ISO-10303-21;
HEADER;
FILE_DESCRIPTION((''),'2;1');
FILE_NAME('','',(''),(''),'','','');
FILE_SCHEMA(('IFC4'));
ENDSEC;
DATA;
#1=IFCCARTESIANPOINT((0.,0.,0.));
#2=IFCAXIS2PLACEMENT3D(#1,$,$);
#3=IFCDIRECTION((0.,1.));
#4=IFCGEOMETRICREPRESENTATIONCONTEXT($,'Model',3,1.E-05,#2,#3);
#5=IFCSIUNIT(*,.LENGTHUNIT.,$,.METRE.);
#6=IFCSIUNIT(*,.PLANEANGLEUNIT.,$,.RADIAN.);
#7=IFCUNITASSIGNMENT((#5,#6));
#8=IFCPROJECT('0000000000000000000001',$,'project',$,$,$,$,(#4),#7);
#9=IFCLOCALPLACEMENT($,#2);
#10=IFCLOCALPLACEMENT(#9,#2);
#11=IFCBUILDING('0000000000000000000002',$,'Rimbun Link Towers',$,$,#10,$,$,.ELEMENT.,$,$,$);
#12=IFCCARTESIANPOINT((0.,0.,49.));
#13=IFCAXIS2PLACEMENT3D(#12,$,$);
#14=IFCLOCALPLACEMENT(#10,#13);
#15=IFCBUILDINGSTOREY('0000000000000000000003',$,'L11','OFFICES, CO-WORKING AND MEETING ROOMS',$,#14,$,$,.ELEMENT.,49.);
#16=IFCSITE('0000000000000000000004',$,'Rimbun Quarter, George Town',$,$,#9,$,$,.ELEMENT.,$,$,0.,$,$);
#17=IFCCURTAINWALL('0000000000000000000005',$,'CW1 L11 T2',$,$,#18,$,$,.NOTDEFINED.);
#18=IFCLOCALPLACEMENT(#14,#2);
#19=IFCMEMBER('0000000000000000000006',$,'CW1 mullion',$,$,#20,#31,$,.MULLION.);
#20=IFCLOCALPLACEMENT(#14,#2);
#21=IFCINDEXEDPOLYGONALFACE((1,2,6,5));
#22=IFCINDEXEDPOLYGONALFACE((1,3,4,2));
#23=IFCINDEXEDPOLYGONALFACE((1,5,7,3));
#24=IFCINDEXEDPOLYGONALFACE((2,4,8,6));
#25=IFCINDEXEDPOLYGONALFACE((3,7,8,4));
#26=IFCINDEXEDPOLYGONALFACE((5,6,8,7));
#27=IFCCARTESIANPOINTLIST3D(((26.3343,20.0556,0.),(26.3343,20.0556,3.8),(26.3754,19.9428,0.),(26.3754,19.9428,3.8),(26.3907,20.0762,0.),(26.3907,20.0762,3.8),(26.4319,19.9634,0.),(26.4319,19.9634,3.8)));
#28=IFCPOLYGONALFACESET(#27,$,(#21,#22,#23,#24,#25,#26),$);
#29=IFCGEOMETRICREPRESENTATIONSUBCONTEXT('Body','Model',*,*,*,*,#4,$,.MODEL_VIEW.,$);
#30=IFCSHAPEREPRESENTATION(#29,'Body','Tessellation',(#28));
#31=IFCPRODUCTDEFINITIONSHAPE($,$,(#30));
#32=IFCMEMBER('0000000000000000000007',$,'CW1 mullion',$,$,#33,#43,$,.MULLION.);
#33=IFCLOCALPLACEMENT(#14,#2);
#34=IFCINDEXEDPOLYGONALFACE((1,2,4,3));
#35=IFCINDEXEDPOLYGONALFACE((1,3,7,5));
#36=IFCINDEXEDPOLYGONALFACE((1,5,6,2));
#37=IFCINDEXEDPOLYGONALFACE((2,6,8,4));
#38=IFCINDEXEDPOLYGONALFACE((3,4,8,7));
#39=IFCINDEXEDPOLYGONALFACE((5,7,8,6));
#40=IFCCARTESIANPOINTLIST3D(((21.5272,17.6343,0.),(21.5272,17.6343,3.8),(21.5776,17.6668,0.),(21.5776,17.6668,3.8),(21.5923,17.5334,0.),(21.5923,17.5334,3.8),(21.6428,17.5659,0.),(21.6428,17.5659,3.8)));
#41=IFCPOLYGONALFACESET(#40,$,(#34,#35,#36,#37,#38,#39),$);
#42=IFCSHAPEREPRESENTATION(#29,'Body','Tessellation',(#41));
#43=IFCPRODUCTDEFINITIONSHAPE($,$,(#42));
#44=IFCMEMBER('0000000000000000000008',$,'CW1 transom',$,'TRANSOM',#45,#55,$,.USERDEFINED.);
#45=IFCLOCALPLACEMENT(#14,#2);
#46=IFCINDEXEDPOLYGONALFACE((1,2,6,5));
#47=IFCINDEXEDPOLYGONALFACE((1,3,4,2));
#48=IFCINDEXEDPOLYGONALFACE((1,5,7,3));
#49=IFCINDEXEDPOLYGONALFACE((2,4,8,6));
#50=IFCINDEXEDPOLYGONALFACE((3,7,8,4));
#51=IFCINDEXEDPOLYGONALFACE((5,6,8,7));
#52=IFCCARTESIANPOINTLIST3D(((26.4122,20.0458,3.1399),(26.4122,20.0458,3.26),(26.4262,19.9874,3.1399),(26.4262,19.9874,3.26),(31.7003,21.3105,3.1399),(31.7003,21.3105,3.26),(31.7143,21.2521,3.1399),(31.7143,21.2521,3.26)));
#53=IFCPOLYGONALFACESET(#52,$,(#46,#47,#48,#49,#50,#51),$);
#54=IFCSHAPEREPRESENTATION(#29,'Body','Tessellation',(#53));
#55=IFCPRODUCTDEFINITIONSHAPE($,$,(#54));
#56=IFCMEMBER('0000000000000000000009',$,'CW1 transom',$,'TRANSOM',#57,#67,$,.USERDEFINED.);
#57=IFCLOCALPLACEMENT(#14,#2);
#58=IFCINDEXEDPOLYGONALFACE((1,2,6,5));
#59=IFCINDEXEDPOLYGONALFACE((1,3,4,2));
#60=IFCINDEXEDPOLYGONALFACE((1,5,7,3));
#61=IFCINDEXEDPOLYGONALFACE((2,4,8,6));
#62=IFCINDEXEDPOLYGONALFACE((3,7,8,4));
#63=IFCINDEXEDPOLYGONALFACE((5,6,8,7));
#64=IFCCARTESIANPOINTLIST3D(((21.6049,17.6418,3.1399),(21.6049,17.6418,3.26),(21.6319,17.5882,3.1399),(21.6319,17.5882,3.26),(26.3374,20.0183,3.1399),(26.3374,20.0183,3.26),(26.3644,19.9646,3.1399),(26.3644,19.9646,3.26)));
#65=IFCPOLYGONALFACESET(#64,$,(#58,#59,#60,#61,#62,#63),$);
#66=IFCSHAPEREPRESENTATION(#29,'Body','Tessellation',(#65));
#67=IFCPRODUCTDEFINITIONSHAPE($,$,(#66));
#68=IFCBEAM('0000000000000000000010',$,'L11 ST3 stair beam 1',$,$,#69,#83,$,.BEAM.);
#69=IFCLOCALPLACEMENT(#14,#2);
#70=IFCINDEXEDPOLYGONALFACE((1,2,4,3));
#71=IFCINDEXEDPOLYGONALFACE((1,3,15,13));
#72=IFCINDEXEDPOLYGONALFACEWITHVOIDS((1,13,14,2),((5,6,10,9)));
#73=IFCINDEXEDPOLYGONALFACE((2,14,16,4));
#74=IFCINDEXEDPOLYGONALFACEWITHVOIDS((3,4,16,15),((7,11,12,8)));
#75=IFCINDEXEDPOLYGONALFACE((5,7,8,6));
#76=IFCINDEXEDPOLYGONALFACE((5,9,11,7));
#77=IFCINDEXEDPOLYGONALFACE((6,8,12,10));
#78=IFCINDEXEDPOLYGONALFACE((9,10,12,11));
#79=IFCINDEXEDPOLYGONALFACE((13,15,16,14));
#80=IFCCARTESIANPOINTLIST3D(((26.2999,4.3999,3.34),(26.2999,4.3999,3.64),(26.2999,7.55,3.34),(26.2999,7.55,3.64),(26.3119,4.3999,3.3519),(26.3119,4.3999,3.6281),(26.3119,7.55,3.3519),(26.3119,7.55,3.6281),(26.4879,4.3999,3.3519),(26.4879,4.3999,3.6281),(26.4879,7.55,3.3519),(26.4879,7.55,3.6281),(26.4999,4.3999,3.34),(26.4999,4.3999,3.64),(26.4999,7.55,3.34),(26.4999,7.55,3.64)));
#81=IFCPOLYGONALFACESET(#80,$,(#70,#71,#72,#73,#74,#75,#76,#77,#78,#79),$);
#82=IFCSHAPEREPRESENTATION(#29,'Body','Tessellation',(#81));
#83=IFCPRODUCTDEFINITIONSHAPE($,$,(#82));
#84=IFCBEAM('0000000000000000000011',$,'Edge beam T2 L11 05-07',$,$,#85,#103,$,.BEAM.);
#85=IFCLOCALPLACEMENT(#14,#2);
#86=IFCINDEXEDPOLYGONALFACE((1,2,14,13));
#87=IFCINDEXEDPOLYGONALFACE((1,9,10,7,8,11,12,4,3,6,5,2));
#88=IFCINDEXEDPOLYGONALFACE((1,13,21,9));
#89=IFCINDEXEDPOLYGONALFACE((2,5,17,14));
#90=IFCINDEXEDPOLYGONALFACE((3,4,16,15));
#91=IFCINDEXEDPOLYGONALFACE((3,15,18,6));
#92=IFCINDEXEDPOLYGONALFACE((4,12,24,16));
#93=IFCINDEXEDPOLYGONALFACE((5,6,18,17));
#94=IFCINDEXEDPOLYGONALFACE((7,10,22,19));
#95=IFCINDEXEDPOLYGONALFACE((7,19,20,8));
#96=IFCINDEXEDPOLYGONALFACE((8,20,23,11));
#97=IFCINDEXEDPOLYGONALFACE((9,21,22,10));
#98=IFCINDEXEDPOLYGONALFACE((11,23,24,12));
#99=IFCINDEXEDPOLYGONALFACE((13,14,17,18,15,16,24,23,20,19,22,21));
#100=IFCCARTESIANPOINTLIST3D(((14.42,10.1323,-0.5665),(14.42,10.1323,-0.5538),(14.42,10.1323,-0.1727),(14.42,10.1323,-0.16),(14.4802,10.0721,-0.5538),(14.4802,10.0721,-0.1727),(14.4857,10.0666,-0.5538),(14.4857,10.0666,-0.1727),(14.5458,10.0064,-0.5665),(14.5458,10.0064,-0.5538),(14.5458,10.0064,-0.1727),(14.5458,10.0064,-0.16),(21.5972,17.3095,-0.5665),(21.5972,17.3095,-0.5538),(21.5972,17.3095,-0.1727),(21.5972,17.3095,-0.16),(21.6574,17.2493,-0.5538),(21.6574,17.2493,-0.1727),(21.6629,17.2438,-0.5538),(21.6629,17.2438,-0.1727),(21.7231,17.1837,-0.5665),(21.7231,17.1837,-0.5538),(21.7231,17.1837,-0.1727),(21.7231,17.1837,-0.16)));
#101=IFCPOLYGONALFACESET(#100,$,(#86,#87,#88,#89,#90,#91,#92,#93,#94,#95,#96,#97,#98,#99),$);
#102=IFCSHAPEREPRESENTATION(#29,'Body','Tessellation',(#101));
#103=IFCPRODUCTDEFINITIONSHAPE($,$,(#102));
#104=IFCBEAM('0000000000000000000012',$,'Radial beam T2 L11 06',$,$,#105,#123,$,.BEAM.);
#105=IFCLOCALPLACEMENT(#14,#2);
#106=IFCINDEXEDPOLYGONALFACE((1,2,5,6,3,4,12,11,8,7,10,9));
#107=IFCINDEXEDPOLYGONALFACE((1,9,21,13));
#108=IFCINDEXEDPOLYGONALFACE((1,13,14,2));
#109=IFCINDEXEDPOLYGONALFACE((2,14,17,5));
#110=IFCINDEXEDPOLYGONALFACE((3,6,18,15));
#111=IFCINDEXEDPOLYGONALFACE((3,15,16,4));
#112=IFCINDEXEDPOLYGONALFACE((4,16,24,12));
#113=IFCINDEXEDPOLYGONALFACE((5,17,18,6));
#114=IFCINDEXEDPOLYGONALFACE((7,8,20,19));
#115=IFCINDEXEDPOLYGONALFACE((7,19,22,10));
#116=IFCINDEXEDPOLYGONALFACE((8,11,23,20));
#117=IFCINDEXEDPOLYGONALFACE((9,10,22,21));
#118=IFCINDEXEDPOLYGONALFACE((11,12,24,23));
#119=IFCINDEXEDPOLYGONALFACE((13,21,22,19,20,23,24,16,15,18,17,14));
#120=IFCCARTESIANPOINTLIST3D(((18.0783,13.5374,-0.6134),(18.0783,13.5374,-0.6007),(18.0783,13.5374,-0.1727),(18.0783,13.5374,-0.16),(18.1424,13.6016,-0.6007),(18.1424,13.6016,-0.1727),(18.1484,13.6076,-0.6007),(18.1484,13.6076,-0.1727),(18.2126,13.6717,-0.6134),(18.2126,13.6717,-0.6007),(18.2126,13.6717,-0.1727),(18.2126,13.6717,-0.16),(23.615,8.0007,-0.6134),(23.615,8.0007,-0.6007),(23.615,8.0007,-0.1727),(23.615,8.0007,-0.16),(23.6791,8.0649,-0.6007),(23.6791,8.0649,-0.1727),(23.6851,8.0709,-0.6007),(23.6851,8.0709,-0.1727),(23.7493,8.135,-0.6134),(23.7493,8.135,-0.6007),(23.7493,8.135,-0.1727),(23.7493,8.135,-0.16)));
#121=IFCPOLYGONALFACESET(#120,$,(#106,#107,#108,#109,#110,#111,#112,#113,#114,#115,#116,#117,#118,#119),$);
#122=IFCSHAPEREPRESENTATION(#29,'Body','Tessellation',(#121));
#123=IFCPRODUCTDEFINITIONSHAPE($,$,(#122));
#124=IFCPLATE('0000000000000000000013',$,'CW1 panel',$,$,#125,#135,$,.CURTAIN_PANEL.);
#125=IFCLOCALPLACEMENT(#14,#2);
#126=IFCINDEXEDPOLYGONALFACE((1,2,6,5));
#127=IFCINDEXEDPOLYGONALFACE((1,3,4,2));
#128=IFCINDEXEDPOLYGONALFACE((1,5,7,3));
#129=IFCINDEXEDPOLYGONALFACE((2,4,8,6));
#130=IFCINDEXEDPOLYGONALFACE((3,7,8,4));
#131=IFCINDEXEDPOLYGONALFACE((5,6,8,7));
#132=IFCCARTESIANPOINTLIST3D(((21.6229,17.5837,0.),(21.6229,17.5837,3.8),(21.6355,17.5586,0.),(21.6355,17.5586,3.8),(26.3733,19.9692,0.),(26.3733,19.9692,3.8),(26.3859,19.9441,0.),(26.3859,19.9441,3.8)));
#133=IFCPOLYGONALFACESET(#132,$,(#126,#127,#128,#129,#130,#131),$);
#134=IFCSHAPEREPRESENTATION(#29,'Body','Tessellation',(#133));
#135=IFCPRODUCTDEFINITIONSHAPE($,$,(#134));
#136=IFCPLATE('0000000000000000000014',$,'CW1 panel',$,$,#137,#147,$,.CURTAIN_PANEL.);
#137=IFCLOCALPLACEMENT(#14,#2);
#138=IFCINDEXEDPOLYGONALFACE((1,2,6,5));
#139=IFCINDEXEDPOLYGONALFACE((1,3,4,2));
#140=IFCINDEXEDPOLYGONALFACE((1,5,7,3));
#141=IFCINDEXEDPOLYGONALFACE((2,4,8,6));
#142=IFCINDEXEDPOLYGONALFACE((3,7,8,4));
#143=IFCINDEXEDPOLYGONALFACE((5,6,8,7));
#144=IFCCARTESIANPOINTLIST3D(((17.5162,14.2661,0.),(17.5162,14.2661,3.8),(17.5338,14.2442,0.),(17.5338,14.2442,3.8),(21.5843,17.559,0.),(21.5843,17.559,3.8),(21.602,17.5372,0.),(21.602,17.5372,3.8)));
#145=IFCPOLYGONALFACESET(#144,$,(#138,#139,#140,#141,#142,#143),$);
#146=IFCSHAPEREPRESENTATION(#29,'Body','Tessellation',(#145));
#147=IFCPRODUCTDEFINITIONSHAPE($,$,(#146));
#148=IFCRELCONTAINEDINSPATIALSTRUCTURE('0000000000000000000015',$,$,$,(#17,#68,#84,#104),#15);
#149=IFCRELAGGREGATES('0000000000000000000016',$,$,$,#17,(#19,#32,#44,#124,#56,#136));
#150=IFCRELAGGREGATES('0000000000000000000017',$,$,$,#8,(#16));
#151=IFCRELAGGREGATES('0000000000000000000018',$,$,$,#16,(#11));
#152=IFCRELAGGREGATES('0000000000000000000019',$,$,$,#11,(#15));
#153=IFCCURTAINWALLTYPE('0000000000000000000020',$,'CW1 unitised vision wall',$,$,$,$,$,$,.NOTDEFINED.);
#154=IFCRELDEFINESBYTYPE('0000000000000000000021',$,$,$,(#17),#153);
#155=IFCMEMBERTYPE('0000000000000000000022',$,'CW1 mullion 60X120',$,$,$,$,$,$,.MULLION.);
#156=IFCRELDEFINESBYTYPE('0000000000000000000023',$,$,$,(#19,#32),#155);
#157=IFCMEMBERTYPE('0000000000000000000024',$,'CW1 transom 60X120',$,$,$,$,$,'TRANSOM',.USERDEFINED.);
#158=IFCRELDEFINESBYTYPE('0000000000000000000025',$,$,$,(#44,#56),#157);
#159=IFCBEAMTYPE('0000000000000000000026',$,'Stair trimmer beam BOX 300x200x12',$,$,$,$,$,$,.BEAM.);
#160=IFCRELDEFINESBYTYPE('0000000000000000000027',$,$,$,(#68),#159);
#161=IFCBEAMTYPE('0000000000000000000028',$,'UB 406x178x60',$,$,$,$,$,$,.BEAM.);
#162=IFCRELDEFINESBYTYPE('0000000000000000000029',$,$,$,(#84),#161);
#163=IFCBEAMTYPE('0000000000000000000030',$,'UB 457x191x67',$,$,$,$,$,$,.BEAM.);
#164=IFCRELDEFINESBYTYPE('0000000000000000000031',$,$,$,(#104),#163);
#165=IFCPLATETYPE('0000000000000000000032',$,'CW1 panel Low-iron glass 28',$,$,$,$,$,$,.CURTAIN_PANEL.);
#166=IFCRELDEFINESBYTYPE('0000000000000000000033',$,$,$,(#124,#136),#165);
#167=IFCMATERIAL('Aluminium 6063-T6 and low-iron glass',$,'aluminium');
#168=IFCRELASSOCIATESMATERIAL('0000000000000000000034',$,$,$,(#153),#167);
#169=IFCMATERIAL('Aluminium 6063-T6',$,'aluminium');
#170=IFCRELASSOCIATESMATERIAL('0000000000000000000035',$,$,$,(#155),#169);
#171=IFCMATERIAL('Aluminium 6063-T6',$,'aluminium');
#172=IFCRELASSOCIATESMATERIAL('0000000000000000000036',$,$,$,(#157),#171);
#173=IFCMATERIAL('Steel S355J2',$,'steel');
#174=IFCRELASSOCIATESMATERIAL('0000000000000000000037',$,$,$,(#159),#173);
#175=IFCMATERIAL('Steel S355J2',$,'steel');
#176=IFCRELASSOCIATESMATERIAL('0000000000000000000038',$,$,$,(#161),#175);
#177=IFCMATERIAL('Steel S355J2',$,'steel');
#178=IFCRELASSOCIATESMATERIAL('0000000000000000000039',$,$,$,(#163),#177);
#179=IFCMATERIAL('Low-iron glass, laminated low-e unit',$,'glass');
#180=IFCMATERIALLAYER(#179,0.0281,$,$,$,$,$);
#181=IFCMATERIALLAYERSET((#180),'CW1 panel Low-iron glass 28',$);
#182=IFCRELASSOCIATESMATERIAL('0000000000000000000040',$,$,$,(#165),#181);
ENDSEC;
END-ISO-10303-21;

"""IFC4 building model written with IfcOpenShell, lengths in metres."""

from ifc_helpers import new_model, si_unit, direction, frame, origin, origin_2d, place, context, subcontext, project, spatial, rectangle, hollow_rectangle, i_section, extrude, material, layer, layer_set, material_profile, profile_set, type_object, element, aggregate, save


model = new_model("IFC4")

# Units and contexts
model_context = context("Model", 3, precision=1e-05, world=origin(), true_north=direction((0.0, 1.0)))
body_context = subcontext(model_context, "Body", "Model", "MODEL_VIEW")
ifc_project = project(units=[si_unit("LENGTHUNIT", "METRE"), si_unit("PLANEANGLEUNIT", "RADIAN")], contexts=[model_context])

# Site, building, storey
site_placement = place(None, origin())
site = spatial("IfcSite", under=ifc_project, at=site_placement, Name="Rimbun Quarter, George Town", CompositionType="ELEMENT", RefElevation=0.0)
building_placement = place(site_placement, origin())
building = spatial("IfcBuilding", under=site, at=building_placement, Name="Rimbun Link Towers", CompositionType="ELEMENT")
storey_placement = place(building_placement, frame((0.0, 0.0, 49.0)))
storey = spatial("IfcBuildingStorey", under=building, at=storey_placement, Name="L11", Description="OFFICES, CO-WORKING AND MEETING ROOMS", CompositionType="ELEMENT", Elevation=49.0)

# Curtain wall, members
ifc_material_1 = material(Name="Aluminium 6063-T6 and low-iron glass", Category="aluminium")
curtain_wall_type = type_object("IfcCurtainWallType", Name="CW1 unitised vision wall", PredefinedType="NOTDEFINED", material=ifc_material_1)
curtain_wall_placement = place(storey_placement, origin())
curtain_wall = element("IfcCurtainWall", 1, at=curtain_wall_placement, inside=storey, type_object=curtain_wall_type, Name="CW1 L11 T2", PredefinedType="NOTDEFINED")
ifc_material_2 = material(Name="Aluminium 6063-T6", Category="aluminium")
ifc_material_profile_1 = material_profile(ifc_material_2, rectangle(XDim=0.1201, YDim=0.0601, at=origin_2d()), Name="MULLION 60X120")
ifc_profile_set_1 = profile_set([ifc_material_profile_1], Name="Aluminium 6063-T6")
member_type_1 = type_object("IfcMemberType", Name="CW1 mullion 60X120", PredefinedType="MULLION", material=ifc_profile_set_1)
member_1_placement = place(storey_placement, frame((26.3831, 20.0095, 0.0), z_axis=(0.0, 0.0, 1.0), x_axis=(-0.342966, 0.939348, 0.0)))
member_1 = element("IfcMember", 2, at=member_1_placement, type_object=member_type_1, Name="CW1 mullion", PredefinedType="MULLION", context=body_context, shape_type="SweptSolid", body=[
    extrude(rectangle(XDim=0.1201, YDim=0.0601, at=origin_2d()), origin(), (0.0, 0.0, 1.0), 3.8),
])
member_2_placement = place(storey_placement, frame((21.585, 17.6001, 0.0), z_axis=(0.0, 0.0, 1.0), x_axis=(-0.542092, 0.840319, 0.0)))
member_2 = element("IfcMember", 3, at=member_2_placement, type_object=member_type_1, Name="CW1 mullion", PredefinedType="MULLION", context=body_context, shape_type="SweptSolid", body=[
    extrude(rectangle(XDim=0.1201, YDim=0.0601, at=origin_2d()), origin(), (0.0, 0.0, 1.0), 3.8),
])
ifc_material_3 = material(Name="Aluminium 6063-T6", Category="aluminium")
ifc_material_profile_2 = material_profile(ifc_material_3, rectangle(XDim=0.0601, YDim=0.1201, at=origin_2d()), Name="TRANSOM 60X120")
ifc_profile_set_2 = profile_set([ifc_material_profile_2], Name="Aluminium 6063-T6")
member_type_2 = type_object("IfcMemberType", Name="CW1 transom 60X120", ElementType="TRANSOM", PredefinedType="USERDEFINED", material=ifc_profile_set_2)
member_3_placement = place(storey_placement, frame((26.4192, 20.0166, 3.2), z_axis=(0.972574, 0.232592, 0.0), x_axis=(-0.232592, 0.972574, 0.0)))
member_3 = element("IfcMember", 4, at=member_3_placement, type_object=member_type_2, Name="CW1 transom", ObjectType="TRANSOM", PredefinedType="USERDEFINED", context=body_context, shape_type="SweptSolid", body=[
    extrude(rectangle(XDim=0.0601, YDim=0.1201, at=origin_2d()), origin(), (0.0, 0.0, 1.0), 5.4373),
])
member_4_placement = place(storey_placement, frame((21.6184, 17.615, 3.2), z_axis=(0.893651, 0.448762, 0.0), x_axis=(-0.448762, 0.893651, 0.0)))
member_4 = element("IfcMember", 5, at=member_4_placement, type_object=member_type_2, Name="CW1 transom", ObjectType="TRANSOM", PredefinedType="USERDEFINED", context=body_context, shape_type="SweptSolid", body=[
    extrude(rectangle(XDim=0.0601, YDim=0.1201, at=origin_2d()), origin(), (0.0, 0.0, 1.0), 5.2957),
])

# Beams
ifc_material_4 = material(Name="Steel S355J2", Category="steel")
ifc_material_profile_3 = material_profile(ifc_material_4, hollow_rectangle(XDim=0.2, YDim=0.3, WallThickness=0.012, at=origin_2d()), Name="BOX 300x200x12")
ifc_profile_set_3 = profile_set([ifc_material_profile_3], Name="Steel S355J2")
beam_type_1 = type_object("IfcBeamType", Name="Stair trimmer beam BOX 300x200x12", PredefinedType="BEAM", material=ifc_profile_set_3)
beam_1_placement = place(storey_placement, frame((26.3999, 7.55, 3.49), z_axis=(0.0, -1.0, 0.0), x_axis=(1.0, 0.0, 0.0)))
element("IfcBeam", 6, at=beam_1_placement, inside=storey, type_object=beam_type_1, Name="L11 ST3 stair beam 1", PredefinedType="BEAM", context=body_context, shape_type="SweptSolid", body=[
    extrude(hollow_rectangle(XDim=0.2, YDim=0.3, WallThickness=0.012, at=origin_2d()), origin(), (0.0, 0.0, 1.0), 3.1501),
])
ifc_material_5 = material(Name="Steel S355J2", Category="steel")
ifc_material_profile_4 = material_profile(ifc_material_5, i_section(OverallWidth=0.178, OverallDepth=0.4065, WebThickness=0.0078, FlangeThickness=0.0127, at=origin_2d()), Name="UB 406x178x60")
ifc_profile_set_4 = profile_set([ifc_material_profile_4], Name="Steel S355J2")
beam_type_2 = type_object("IfcBeamType", Name="UB 406x178x60", PredefinedType="BEAM", material=ifc_profile_set_4)
beam_2_placement = place(storey_placement, frame((21.6602, 17.2466, -0.3633), z_axis=(-0.707107, -0.707107, 0.0), x_axis=(0.707107, -0.707107, 0.0)))
element("IfcBeam", 7, at=beam_2_placement, inside=storey, type_object=beam_type_2, Name="Edge beam T2 L11 05-07", PredefinedType="BEAM", context=body_context, shape_type="SweptSolid", body=[
    extrude(i_section(OverallWidth=0.178, OverallDepth=0.4065, WebThickness=0.0078, FlangeThickness=0.0127, at=origin_2d()), origin(), (0.0, 0.0, 1.0), 10.1501),
])
ifc_material_6 = material(Name="Steel S355J2", Category="steel")
ifc_material_profile_5 = material_profile(ifc_material_6, i_section(OverallWidth=0.1899, OverallDepth=0.4534, WebThickness=0.0085, FlangeThickness=0.0127, at=origin_2d()), Name="UB 457x191x67")
ifc_profile_set_5 = profile_set([ifc_material_profile_5], Name="Steel S355J2")
beam_type_3 = type_object("IfcBeamType", Name="UB 457x191x67", PredefinedType="BEAM", material=ifc_profile_set_5)
beam_3_placement = place(storey_placement, frame((23.6821, 8.0679, -0.3867), z_axis=(-0.707107, 0.707107, 0.0), x_axis=(-0.707107, -0.707107, 0.0)))
element("IfcBeam", 8, at=beam_3_placement, inside=storey, type_object=beam_type_3, Name="Radial beam T2 L11 06", PredefinedType="BEAM", context=body_context, shape_type="SweptSolid", body=[
    extrude(i_section(OverallWidth=0.1899, OverallDepth=0.4534, WebThickness=0.0085, FlangeThickness=0.0127, at=origin_2d()), origin(), (0.0, 0.0, 1.0), 7.8301),
])

# Plates
ifc_material_7 = material(Name="Low-iron glass, laminated low-e unit", Category="glass")
ifc_layer_1 = layer(ifc_material_7, 0.0281)
ifc_layer_set_1 = layer_set([ifc_layer_1], Name="CW1 panel Low-iron glass 28")
plate_type = type_object("IfcPlateType", Name="CW1 panel Low-iron glass 28", PredefinedType="CURTAIN_PANEL", material=ifc_layer_set_1)
plate_1_placement = place(storey_placement, frame((24.0044, 18.7639, 0.0), z_axis=(0.0, 0.0, 1.0), x_axis=(0.893649, 0.448766, 0.0)))
plate_1 = element("IfcPlate", 9, at=plate_1_placement, type_object=plate_type, Name="CW1 panel", PredefinedType="CURTAIN_PANEL", context=body_context, shape_type="SweptSolid", body=[
    extrude(rectangle(XDim=5.3157, YDim=0.0281, at=origin_2d()), origin(), (0.0, 0.0, 1.0), 3.8),
])
plate_2_placement = place(storey_placement, frame((19.5591, 15.9016, 0.0), z_axis=(0.0, 0.0, 1.0), x_axis=(0.77728, 0.629155, 0.0)))
plate_2 = element("IfcPlate", 10, at=plate_2_placement, type_object=plate_type, Name="CW1 panel", PredefinedType="CURTAIN_PANEL", context=body_context, shape_type="SweptSolid", body=[
    extrude(rectangle(XDim=5.2339, YDim=0.0281, at=origin_2d()), origin(), (0.0, 0.0, 1.0), 3.8),
])
aggregate(curtain_wall, [member_1, member_2, member_3, plate_1, member_4, plate_2])

save(model, "model.ifc")
